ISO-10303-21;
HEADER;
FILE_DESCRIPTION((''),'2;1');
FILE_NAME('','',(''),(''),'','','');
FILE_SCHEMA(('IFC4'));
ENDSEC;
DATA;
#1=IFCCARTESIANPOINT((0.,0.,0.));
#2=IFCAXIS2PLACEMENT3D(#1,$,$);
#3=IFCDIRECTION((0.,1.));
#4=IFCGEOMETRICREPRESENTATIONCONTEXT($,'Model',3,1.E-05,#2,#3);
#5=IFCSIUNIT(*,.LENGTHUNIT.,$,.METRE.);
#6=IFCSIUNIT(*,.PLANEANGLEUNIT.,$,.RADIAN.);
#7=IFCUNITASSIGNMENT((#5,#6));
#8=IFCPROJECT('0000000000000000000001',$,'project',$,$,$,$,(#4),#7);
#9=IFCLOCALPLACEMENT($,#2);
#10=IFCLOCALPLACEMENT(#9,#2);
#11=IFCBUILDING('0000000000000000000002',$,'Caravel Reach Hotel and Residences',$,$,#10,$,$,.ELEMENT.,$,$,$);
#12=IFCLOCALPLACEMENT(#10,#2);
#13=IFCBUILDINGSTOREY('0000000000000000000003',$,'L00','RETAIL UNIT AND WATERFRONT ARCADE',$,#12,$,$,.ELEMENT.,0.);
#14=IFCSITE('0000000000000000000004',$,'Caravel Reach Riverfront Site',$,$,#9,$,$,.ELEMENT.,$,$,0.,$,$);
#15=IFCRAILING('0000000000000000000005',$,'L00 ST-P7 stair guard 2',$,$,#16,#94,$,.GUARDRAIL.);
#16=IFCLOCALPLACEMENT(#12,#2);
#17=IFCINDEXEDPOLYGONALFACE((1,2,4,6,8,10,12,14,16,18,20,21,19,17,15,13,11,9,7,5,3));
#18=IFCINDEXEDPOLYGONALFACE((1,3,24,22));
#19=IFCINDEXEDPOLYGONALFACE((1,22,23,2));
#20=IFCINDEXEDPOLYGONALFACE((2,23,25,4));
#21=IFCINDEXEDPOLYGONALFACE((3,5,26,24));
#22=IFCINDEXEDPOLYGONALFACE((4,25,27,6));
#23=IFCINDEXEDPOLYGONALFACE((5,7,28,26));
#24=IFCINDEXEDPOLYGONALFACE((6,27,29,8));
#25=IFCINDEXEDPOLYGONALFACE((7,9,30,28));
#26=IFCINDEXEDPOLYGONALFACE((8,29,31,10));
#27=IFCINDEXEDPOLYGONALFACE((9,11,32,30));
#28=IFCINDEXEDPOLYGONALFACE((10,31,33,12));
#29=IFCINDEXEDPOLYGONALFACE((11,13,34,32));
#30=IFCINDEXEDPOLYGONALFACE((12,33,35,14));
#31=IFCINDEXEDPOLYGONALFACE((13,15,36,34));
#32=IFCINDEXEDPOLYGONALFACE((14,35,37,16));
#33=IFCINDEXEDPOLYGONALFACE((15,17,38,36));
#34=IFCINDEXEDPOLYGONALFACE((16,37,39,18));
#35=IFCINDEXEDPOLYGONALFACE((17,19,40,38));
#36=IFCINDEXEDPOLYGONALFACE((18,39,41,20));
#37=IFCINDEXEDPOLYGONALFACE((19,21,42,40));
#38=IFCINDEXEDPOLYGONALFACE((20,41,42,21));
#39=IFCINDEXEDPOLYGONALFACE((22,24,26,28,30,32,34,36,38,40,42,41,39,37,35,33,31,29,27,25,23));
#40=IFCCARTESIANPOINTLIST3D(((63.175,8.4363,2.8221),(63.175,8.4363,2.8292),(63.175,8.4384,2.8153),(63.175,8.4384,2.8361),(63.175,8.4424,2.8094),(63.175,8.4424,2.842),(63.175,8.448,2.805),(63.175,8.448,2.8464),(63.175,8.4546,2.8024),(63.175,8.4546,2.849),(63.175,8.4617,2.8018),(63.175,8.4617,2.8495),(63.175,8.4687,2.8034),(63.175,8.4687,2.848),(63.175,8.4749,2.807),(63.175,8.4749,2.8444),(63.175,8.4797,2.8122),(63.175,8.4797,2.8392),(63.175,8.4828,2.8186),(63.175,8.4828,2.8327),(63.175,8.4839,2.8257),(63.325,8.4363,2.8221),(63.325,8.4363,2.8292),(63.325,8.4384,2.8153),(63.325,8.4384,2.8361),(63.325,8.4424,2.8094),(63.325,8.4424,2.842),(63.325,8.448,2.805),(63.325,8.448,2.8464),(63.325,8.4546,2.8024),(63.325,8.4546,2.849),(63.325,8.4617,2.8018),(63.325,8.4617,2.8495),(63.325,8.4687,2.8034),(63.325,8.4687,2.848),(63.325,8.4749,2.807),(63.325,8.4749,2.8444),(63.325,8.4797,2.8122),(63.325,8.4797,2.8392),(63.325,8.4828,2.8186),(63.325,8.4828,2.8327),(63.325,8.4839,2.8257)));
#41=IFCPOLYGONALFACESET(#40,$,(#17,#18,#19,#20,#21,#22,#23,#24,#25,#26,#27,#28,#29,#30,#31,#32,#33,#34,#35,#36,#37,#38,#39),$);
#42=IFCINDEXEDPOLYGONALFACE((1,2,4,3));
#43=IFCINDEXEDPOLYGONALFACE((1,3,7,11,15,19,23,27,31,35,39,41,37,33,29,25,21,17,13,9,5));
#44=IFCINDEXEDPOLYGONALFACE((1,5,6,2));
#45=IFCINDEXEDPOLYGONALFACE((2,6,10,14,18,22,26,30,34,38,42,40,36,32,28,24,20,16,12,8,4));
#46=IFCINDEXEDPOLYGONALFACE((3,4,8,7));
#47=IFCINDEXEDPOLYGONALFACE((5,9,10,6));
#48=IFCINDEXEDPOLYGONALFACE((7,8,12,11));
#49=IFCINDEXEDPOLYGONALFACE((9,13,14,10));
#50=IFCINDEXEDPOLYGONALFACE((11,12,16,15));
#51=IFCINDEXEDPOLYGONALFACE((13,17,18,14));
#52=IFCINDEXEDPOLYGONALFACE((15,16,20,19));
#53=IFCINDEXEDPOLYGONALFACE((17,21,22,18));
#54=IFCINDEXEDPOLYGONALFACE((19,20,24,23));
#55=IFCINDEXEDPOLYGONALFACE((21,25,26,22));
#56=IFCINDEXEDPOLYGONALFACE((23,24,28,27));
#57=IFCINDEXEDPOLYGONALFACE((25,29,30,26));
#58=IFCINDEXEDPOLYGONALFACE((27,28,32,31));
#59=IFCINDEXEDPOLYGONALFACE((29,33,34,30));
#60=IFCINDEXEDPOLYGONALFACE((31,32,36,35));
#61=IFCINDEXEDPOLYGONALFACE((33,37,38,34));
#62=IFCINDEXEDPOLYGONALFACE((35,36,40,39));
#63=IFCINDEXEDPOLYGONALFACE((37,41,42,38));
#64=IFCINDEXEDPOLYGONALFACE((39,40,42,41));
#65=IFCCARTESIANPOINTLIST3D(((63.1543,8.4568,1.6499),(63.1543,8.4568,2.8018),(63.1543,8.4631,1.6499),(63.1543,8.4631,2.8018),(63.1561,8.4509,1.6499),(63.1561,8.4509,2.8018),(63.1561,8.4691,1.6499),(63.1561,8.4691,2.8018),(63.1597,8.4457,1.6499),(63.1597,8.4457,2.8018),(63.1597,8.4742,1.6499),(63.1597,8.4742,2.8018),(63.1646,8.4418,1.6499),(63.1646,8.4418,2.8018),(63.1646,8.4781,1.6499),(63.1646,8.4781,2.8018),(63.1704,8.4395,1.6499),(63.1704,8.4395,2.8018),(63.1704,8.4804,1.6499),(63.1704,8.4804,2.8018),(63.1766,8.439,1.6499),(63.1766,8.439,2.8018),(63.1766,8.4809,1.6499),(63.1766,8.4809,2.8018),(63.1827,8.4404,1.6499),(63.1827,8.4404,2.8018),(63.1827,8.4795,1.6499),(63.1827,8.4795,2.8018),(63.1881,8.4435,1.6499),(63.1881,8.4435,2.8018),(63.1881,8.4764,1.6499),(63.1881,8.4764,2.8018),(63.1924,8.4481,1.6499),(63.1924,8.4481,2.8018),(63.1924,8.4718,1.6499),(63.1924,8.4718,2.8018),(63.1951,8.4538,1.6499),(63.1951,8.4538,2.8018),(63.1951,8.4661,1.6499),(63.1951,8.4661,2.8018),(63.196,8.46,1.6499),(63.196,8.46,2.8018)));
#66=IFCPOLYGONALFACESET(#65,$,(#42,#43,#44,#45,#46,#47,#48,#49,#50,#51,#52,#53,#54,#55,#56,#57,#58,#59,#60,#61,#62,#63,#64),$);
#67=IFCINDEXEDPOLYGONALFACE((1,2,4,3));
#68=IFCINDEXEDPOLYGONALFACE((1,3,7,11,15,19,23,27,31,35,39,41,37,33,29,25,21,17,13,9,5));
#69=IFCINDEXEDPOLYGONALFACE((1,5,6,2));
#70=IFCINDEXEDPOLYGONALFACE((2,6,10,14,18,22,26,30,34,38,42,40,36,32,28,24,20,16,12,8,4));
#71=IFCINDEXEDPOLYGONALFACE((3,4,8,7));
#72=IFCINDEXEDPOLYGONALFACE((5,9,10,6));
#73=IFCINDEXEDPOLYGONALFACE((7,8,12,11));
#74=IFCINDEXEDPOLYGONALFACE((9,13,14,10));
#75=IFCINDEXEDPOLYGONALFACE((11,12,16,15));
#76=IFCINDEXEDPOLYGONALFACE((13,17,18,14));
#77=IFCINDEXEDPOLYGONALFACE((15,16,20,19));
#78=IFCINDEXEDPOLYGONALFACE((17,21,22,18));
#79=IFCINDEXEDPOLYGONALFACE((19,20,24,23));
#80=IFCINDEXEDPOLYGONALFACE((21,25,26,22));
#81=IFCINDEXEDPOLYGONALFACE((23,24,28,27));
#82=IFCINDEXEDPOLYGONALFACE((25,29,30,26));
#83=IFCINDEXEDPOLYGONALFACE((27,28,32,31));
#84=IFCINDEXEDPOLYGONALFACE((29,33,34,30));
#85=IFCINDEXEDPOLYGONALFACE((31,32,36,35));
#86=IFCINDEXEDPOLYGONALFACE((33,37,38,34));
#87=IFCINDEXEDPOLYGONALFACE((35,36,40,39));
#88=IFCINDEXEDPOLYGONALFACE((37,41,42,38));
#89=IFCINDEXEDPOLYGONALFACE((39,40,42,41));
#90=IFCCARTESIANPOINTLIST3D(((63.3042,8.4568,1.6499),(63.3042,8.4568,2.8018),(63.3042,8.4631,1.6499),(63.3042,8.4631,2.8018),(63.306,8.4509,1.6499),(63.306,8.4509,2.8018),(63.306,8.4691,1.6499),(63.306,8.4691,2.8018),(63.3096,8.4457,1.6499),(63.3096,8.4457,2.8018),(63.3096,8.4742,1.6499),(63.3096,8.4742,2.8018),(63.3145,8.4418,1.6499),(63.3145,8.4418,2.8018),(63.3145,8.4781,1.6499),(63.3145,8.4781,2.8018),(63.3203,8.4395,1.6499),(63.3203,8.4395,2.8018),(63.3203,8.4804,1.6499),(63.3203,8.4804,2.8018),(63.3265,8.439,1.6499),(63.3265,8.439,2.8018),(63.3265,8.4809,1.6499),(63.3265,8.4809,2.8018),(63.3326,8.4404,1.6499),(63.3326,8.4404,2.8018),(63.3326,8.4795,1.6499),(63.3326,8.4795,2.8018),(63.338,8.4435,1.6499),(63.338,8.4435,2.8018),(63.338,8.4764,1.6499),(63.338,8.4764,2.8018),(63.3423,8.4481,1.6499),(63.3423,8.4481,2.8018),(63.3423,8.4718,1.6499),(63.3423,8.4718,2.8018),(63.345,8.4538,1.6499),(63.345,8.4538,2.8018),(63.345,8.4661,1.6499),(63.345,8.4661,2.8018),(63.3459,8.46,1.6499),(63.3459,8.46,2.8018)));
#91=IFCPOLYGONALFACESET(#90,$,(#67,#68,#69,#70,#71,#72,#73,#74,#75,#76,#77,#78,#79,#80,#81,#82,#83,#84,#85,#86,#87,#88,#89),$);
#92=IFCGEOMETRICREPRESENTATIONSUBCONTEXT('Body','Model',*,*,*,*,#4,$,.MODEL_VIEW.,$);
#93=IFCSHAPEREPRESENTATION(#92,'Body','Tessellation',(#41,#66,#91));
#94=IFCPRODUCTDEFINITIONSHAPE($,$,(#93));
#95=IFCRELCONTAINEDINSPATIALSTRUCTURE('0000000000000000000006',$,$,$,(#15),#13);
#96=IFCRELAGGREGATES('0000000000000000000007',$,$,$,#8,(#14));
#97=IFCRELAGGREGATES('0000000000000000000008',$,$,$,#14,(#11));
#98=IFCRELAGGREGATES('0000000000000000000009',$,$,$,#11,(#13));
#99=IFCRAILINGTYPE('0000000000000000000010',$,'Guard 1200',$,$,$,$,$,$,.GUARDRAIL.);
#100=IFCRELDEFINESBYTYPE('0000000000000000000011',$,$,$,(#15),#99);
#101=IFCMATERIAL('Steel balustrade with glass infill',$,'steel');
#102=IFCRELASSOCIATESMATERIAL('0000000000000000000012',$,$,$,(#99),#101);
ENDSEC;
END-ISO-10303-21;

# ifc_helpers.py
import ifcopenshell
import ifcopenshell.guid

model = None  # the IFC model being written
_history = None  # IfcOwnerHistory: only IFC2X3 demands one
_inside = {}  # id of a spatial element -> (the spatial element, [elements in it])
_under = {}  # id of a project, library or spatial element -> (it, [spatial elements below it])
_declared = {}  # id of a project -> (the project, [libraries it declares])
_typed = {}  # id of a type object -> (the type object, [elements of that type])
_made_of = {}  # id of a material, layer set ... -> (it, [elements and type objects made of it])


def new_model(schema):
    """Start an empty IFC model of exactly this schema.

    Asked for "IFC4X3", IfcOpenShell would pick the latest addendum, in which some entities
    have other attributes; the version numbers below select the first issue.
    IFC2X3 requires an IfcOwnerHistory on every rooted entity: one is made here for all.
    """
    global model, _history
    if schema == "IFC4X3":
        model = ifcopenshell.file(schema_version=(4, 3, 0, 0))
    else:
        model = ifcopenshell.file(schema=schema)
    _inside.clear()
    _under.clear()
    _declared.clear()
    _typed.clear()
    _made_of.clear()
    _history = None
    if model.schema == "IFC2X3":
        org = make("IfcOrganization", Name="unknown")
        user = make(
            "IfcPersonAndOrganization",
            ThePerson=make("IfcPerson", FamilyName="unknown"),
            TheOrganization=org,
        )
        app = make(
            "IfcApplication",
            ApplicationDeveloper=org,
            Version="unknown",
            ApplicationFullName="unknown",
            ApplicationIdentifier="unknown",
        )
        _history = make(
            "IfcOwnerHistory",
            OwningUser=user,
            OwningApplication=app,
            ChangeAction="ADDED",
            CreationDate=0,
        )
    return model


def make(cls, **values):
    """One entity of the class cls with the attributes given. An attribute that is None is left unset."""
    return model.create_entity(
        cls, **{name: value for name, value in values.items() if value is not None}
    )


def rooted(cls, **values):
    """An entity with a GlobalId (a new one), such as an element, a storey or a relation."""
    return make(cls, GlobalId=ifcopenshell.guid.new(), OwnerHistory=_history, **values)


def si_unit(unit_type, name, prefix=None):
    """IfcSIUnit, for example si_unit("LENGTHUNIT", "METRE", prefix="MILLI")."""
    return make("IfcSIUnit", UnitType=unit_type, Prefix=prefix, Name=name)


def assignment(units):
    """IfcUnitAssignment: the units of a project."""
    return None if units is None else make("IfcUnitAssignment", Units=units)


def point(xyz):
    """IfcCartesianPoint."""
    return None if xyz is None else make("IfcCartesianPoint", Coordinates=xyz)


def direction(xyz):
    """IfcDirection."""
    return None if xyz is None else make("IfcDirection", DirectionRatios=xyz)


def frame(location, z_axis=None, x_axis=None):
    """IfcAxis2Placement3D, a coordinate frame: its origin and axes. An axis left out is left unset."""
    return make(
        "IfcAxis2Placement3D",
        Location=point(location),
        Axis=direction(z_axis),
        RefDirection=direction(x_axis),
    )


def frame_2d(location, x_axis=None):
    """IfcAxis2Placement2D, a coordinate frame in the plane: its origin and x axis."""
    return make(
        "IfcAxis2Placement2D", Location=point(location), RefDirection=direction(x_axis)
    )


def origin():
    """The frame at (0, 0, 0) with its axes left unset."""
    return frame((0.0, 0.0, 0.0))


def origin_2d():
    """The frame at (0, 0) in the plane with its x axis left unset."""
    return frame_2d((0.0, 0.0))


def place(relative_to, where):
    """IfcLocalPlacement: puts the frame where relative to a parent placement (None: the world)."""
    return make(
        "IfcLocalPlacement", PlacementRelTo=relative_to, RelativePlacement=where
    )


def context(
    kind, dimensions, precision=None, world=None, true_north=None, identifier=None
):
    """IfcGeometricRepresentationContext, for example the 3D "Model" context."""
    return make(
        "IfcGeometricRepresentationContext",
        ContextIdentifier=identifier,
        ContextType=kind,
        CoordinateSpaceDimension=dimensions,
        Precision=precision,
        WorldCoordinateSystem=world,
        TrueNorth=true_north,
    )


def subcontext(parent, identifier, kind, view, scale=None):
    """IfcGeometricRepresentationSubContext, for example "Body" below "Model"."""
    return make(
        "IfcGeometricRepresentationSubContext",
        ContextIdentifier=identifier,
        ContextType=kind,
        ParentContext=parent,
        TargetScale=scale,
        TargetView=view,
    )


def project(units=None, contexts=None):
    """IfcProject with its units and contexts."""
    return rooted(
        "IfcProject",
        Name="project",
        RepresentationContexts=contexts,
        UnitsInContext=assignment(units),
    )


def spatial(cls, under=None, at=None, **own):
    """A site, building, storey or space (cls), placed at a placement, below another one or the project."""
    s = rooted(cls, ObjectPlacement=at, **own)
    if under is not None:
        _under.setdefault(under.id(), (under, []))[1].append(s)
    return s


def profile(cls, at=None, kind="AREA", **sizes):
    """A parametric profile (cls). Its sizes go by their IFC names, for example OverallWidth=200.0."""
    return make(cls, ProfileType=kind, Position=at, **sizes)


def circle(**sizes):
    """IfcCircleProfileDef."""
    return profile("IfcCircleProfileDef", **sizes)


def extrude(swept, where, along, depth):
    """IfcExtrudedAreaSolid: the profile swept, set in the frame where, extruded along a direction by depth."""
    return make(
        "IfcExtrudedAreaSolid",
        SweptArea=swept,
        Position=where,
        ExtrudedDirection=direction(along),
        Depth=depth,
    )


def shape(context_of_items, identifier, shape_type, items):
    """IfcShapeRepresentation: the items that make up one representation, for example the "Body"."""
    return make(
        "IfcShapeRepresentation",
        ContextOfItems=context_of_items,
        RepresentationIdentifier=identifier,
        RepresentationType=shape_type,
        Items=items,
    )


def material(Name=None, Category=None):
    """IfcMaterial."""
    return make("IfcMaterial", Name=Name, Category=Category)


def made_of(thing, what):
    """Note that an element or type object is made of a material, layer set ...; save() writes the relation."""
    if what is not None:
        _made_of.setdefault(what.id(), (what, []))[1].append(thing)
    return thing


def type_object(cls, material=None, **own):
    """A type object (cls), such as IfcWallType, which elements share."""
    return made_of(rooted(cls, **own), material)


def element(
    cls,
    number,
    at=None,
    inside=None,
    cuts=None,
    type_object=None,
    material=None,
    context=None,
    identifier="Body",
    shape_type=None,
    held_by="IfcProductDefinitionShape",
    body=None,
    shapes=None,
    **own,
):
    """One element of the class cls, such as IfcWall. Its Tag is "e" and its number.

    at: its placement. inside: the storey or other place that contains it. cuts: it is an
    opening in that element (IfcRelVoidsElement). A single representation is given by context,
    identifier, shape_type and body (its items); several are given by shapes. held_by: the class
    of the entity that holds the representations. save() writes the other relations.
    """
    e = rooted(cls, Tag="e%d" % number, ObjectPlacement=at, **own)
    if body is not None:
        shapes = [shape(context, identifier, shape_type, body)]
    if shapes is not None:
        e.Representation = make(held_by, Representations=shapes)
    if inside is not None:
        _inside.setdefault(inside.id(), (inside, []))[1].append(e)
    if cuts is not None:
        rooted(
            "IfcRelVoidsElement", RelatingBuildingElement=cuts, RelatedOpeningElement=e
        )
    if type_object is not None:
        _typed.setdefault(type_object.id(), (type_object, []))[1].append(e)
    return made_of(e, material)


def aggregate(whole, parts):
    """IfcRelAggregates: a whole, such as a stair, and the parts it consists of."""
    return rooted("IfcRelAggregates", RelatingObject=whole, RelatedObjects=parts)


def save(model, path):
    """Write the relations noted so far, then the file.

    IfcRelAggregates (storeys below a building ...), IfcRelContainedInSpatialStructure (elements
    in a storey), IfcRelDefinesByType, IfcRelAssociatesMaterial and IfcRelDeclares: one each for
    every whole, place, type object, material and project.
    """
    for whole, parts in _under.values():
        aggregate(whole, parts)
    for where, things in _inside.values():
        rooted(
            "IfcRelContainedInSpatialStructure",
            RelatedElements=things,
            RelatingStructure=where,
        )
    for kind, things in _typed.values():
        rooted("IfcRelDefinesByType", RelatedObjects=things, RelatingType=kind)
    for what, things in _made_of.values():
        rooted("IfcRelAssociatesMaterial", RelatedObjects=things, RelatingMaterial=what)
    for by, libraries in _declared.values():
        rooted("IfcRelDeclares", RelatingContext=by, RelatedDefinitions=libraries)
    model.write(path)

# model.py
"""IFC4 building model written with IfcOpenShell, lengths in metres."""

from ifc_helpers import new_model, si_unit, direction, frame, origin, origin_2d, place, context, subcontext, project, spatial, circle, extrude, material, type_object, element, save


model = new_model("IFC4")

# Units and contexts
model_context = context("Model", 3, precision=1e-05, world=origin(), true_north=direction((0.0, 1.0)))
body_context = subcontext(model_context, "Body", "Model", "MODEL_VIEW")
ifc_project = project(units=[si_unit("LENGTHUNIT", "METRE"), si_unit("PLANEANGLEUNIT", "RADIAN")], contexts=[model_context])

# Site, building, storey
site_placement = place(None, origin())
site = spatial("IfcSite", under=ifc_project, at=site_placement, Name="Caravel Reach Riverfront Site", CompositionType="ELEMENT", RefElevation=0.0)
building_placement = place(site_placement, origin())
building = spatial("IfcBuilding", under=site, at=building_placement, Name="Caravel Reach Hotel and Residences", CompositionType="ELEMENT")
storey_placement = place(building_placement, origin())
storey = spatial("IfcBuildingStorey", under=building, at=storey_placement, Name="L00", Description="RETAIL UNIT AND WATERFRONT ARCADE", CompositionType="ELEMENT", Elevation=0.0)

# Railing
ifc_material_1 = material(Name="Steel balustrade with glass infill", Category="steel")
railing_type_1 = type_object("IfcRailingType", Name="Guard 1200", PredefinedType="GUARDRAIL", material=ifc_material_1)
railing_1_placement = place(storey_placement, frame((63.175, 8.46, 1.6499)))
element("IfcRailing", 1, at=railing_1_placement, inside=storey, type_object=railing_type_1, Name="L00 ST-P7 stair guard 2", PredefinedType="GUARDRAIL", context=body_context, shape_type="SweptSolid", body=[
    extrude(circle(Radius=0.0239, at=origin_2d()), frame((0.0, 0.0, 1.1758), z_axis=(1.0, 0.0, 0.0), x_axis=(0.0, 1.0, 0.0)), (0.0, 0.0, 1.0), 0.1499),
    extrude(circle(Radius=0.021, at=origin_2d()), origin(), (0.0, 0.0, 1.0), 1.1519),
    extrude(circle(Radius=0.021, at=origin_2d()), frame((0.1499, 0.0, 0.0)), (0.0, 0.0, 1.0), 1.1519),
])

save(model, "model.ifc")
